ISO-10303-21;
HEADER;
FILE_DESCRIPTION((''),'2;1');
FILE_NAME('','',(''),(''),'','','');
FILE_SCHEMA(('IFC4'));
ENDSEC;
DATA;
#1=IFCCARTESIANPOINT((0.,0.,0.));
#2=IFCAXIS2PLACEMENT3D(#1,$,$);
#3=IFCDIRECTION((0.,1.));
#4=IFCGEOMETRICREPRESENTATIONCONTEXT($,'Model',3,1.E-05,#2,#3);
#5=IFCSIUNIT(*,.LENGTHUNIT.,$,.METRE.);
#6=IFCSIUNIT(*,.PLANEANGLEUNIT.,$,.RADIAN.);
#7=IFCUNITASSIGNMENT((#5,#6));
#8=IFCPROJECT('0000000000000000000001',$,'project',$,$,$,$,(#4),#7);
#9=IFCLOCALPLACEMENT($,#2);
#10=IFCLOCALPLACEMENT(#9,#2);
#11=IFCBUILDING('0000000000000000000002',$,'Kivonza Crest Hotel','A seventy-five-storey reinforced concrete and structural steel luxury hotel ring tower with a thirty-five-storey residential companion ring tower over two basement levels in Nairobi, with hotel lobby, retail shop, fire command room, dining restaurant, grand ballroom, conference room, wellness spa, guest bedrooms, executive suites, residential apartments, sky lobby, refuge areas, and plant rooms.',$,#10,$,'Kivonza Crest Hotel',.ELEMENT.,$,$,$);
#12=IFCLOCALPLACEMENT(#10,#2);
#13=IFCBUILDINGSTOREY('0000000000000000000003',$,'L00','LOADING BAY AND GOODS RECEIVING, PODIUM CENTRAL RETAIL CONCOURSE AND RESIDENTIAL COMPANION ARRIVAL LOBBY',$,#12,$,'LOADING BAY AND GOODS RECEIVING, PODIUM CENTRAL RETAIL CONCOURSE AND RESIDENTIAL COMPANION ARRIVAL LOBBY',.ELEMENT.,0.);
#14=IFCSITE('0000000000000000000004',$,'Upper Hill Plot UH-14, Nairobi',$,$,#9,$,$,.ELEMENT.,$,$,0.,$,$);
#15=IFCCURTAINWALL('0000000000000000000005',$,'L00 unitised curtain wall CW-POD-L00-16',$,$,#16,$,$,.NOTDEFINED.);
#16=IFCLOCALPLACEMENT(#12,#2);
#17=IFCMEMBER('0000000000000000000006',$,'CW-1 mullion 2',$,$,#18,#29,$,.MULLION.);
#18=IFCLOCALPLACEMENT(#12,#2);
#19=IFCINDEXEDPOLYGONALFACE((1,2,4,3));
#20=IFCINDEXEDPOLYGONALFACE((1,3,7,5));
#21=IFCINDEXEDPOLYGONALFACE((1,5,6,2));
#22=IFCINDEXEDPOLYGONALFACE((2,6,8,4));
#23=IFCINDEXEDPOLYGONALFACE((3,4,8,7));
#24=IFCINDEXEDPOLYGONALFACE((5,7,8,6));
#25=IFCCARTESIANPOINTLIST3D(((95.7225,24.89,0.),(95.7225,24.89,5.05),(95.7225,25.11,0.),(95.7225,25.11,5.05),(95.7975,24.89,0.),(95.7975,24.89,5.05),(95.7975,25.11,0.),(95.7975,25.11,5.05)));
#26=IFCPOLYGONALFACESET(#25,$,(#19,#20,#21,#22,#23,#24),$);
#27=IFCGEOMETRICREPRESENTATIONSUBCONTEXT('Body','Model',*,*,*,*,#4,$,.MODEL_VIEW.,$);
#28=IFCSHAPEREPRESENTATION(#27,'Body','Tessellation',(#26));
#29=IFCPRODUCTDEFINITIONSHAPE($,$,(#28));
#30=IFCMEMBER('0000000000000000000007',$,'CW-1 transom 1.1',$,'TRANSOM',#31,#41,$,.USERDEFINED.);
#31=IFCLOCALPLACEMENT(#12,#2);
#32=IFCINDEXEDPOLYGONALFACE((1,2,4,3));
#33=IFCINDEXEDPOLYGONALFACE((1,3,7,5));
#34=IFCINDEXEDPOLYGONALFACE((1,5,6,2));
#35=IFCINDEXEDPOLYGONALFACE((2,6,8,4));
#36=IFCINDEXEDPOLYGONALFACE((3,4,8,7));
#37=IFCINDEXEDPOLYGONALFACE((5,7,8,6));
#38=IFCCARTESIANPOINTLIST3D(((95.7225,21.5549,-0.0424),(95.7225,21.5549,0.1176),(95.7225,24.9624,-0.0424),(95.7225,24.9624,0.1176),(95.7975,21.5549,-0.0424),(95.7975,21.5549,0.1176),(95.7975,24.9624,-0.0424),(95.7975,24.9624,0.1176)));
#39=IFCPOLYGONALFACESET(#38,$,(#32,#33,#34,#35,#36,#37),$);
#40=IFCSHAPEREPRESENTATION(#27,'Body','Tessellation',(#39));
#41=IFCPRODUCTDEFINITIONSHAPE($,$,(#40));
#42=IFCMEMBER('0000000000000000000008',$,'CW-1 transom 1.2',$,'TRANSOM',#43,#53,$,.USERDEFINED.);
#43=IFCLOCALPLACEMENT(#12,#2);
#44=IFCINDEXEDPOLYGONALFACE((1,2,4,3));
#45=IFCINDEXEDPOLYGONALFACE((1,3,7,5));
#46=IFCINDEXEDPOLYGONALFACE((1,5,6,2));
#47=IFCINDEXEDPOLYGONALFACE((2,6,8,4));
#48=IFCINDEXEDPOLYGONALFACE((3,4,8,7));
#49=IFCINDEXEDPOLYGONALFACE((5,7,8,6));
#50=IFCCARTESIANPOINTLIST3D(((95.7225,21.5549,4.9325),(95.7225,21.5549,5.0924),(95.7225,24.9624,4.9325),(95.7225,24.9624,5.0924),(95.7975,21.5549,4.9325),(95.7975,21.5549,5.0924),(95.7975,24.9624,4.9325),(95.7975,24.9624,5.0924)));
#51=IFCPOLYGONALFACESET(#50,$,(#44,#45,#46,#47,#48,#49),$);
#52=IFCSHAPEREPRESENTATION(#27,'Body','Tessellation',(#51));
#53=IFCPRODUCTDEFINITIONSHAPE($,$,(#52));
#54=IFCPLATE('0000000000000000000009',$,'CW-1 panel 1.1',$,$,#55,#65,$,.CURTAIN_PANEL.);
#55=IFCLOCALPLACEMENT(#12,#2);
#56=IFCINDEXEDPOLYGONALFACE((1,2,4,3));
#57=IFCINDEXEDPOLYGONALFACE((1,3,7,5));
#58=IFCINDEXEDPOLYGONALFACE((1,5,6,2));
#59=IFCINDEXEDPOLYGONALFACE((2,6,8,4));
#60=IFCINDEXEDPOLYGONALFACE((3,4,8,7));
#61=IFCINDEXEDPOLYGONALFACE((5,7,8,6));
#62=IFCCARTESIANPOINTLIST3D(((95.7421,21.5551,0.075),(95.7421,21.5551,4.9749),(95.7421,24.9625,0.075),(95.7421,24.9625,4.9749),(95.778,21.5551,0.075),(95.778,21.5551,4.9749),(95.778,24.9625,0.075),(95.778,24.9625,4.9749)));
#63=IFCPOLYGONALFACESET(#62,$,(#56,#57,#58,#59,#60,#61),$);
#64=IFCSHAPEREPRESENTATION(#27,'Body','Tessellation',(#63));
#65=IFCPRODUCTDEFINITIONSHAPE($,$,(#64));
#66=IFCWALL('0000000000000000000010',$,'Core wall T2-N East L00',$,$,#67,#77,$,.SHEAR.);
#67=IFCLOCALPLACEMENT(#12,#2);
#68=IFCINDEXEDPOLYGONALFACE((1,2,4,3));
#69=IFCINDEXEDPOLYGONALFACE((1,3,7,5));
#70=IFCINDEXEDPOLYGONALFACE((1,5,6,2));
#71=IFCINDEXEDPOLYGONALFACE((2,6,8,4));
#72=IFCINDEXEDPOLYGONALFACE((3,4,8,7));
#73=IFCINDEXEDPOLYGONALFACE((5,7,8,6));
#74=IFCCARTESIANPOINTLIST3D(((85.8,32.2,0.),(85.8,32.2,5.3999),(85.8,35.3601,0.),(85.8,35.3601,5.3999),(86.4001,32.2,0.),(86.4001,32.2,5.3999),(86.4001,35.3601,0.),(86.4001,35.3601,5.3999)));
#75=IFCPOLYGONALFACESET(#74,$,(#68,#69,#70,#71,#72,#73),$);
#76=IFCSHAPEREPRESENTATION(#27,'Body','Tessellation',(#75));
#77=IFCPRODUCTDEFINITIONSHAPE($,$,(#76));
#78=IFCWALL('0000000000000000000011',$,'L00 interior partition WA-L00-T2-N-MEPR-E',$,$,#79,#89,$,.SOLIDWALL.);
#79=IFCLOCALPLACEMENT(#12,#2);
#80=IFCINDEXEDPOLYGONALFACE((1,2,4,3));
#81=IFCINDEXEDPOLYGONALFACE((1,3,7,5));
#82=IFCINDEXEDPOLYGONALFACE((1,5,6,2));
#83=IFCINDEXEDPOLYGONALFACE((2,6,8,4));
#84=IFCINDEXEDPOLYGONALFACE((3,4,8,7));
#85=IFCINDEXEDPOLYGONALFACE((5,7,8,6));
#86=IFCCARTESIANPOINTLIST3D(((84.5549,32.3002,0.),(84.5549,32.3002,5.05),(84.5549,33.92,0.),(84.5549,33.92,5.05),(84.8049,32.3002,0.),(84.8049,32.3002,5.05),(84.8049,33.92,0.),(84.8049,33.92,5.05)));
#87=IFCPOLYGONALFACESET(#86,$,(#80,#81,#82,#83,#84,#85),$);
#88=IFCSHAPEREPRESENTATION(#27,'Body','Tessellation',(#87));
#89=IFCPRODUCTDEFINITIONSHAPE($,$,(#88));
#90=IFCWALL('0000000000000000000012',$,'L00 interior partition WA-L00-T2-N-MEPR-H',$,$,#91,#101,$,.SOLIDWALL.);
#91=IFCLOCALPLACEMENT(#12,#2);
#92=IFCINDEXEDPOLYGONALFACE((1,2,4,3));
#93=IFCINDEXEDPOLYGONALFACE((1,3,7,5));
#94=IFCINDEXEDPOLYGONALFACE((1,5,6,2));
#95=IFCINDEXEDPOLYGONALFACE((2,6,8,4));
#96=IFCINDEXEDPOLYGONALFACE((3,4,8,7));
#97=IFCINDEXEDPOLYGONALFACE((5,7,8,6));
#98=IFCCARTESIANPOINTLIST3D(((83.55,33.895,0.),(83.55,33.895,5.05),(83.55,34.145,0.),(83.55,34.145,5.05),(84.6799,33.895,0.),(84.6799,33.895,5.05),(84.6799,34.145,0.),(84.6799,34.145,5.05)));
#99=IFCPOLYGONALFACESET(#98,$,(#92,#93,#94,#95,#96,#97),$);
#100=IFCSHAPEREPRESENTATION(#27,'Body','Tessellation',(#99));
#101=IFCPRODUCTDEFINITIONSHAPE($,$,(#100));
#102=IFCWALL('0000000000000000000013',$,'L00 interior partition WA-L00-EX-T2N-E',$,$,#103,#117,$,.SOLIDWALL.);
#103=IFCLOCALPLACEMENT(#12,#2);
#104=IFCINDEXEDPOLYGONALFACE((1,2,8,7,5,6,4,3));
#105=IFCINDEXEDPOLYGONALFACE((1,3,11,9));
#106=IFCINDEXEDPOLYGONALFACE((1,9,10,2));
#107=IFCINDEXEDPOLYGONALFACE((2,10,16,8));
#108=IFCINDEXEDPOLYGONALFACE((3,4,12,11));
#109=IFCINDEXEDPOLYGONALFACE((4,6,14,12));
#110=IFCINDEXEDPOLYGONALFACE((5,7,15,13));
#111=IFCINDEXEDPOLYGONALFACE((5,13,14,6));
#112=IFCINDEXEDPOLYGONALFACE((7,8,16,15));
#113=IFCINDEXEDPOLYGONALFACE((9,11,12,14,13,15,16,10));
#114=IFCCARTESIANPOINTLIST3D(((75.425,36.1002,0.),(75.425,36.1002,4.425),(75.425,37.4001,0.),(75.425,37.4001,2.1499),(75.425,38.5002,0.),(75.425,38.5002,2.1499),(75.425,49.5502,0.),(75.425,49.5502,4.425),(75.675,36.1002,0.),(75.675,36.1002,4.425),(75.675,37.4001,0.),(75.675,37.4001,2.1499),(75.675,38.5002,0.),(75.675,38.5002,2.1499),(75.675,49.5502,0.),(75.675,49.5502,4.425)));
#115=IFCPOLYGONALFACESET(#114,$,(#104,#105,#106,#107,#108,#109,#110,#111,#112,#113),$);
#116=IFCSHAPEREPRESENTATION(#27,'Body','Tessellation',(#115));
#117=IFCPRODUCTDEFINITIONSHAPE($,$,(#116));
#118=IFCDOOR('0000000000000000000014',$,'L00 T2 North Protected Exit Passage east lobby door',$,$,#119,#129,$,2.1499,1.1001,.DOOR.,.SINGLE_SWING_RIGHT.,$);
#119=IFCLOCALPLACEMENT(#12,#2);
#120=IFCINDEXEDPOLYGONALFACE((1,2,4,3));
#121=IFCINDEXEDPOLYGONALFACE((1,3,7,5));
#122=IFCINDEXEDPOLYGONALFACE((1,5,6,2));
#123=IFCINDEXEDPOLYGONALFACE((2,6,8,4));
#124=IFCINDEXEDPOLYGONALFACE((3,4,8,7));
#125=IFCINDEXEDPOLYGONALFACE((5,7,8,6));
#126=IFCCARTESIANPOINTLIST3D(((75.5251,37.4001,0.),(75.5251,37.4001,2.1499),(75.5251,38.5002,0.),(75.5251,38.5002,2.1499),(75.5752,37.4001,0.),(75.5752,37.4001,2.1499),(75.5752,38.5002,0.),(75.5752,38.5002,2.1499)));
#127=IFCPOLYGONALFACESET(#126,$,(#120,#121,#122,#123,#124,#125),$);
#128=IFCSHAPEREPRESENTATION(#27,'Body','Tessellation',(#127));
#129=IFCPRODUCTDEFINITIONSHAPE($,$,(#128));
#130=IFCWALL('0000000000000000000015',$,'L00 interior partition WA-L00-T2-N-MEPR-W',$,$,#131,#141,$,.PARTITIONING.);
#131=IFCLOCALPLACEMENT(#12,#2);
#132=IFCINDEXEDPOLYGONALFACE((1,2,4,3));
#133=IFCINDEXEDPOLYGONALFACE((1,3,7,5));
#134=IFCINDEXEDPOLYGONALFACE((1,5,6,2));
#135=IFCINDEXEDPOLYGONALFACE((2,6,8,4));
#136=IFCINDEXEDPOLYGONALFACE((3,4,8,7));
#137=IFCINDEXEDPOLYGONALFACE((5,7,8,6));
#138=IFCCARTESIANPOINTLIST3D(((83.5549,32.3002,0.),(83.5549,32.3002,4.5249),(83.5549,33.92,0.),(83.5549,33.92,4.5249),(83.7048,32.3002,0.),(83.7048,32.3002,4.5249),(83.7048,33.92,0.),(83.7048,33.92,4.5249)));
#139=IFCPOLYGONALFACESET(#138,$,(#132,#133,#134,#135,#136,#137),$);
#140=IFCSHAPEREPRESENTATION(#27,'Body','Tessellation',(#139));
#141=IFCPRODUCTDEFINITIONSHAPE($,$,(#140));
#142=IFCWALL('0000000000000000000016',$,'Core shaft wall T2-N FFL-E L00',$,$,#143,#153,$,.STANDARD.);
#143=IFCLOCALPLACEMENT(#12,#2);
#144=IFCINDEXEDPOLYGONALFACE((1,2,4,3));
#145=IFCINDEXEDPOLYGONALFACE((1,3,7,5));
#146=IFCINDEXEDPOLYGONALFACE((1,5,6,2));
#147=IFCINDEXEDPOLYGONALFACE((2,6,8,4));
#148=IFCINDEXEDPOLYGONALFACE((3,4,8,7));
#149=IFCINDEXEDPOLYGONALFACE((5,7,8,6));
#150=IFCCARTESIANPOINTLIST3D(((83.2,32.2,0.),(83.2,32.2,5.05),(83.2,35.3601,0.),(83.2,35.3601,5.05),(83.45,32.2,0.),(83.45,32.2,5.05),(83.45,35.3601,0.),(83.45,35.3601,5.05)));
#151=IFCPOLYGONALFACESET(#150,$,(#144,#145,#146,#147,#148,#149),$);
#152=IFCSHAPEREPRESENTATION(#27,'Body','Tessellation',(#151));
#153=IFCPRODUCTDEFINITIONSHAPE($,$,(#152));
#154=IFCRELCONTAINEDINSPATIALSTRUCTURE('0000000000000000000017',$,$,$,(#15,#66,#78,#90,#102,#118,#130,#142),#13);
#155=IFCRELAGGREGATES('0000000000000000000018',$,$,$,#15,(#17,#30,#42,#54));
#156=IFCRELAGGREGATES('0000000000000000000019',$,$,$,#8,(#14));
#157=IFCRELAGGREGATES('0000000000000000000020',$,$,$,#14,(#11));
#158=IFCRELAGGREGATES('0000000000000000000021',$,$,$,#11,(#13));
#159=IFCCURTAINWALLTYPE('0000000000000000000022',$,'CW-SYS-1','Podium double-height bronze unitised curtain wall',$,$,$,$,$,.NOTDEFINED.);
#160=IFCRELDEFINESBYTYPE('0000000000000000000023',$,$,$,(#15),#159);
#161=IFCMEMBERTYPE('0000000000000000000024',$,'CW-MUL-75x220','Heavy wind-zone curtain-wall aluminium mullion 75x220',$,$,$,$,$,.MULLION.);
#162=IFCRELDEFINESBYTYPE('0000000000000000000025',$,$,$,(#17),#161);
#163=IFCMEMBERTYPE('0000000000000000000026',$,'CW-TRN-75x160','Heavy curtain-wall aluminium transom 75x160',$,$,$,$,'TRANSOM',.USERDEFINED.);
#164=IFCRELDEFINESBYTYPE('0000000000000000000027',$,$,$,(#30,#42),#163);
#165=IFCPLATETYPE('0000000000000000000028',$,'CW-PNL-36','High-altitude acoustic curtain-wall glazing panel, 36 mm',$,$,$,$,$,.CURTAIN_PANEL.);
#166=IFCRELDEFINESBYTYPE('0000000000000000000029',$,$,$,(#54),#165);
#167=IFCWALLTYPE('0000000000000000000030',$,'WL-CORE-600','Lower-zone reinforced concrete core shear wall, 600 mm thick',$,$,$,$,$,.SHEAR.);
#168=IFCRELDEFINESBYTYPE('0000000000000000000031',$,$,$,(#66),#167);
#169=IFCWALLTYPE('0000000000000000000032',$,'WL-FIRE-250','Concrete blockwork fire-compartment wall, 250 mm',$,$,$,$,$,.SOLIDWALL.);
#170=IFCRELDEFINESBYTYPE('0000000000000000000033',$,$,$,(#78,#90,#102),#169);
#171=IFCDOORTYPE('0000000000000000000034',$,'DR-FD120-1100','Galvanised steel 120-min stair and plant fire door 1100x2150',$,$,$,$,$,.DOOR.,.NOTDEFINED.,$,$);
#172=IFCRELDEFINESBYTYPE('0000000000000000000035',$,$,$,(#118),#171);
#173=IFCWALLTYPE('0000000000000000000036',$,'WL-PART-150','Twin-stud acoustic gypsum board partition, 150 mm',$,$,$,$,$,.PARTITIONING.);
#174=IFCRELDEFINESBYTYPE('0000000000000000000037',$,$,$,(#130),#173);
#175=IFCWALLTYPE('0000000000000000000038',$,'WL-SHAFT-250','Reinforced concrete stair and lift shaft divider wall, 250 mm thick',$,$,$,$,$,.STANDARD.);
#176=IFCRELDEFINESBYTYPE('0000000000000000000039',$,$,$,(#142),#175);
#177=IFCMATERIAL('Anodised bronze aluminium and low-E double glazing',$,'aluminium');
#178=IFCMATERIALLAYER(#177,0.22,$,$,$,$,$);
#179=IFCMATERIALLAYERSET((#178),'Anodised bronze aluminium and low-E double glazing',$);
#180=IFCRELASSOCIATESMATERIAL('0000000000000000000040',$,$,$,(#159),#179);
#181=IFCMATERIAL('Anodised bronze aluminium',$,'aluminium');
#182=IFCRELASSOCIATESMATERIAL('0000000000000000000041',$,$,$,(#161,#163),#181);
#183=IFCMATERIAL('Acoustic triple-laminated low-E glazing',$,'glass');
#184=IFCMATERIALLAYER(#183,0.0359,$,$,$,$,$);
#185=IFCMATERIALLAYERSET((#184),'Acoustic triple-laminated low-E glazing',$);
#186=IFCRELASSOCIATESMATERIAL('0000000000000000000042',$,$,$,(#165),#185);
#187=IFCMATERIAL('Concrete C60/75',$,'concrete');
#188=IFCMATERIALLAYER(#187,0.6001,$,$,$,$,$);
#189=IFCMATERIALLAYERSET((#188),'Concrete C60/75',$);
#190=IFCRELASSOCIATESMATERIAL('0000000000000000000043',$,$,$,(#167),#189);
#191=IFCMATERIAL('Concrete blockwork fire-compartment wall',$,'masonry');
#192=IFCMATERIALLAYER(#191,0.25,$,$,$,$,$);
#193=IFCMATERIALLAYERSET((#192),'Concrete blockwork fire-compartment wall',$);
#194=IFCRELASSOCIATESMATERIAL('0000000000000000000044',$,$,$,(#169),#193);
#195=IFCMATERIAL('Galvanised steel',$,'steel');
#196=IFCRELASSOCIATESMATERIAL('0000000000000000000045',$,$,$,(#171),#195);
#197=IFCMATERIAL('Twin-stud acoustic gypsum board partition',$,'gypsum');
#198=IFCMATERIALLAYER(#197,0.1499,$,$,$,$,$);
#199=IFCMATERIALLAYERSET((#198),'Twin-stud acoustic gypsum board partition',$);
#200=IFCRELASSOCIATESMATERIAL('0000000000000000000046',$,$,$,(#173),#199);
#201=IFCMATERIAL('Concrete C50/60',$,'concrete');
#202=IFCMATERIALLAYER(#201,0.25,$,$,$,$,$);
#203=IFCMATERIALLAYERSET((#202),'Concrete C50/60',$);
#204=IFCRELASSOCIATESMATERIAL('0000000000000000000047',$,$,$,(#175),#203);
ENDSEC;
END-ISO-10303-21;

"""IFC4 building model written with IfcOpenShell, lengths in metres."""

from ifc_helpers import new_model, si_unit, direction, frame, frame_2d, origin, origin_2d, place, context, subcontext, project, spatial, rectangle, extrude, material, layer, layer_set, material_profile, profile_set, type_object, element, fill, aggregate, save


model = new_model("IFC4")

# Units and contexts
model_context = context("Model", 3, precision=1e-05, world=origin(), true_north=direction((0.0, 1.0)))
body_context = subcontext(model_context, "Body", "Model", "MODEL_VIEW")
ifc_project = project(units=[si_unit("LENGTHUNIT", "METRE"), si_unit("PLANEANGLEUNIT", "RADIAN")], contexts=[model_context])

# Site, building, storey
site_placement = place(None, origin())
site = spatial("IfcSite", under=ifc_project, at=site_placement, Name="Upper Hill Plot UH-14, Nairobi", CompositionType="ELEMENT", RefElevation=0.0)
building_placement = place(site_placement, origin())
building = spatial("IfcBuilding", under=site, at=building_placement, Name="Kivonza Crest Hotel", Description="A seventy-five-storey reinforced concrete and structural steel luxury hotel ring tower with a thirty-five-storey residential companion ring tower over two basement levels in Nairobi, with hotel lobby, retail shop, fire command room, dining restaurant, grand ballroom, conference room, wellness spa, guest bedrooms, executive suites, residential apartments, sky lobby, refuge areas, and plant rooms.", LongName="Kivonza Crest Hotel", CompositionType="ELEMENT")
storey_placement = place(building_placement, origin())
storey = spatial("IfcBuildingStorey", under=building, at=storey_placement, Name="L00", Description="LOADING BAY AND GOODS RECEIVING, PODIUM CENTRAL RETAIL CONCOURSE AND RESIDENTIAL COMPANION ARRIVAL LOBBY", LongName="LOADING BAY AND GOODS RECEIVING, PODIUM CENTRAL RETAIL CONCOURSE AND RESIDENTIAL COMPANION ARRIVAL LOBBY", CompositionType="ELEMENT", Elevation=0.0)

# Shared definitions
ifc_material_1 = material(Name="Concrete C60/75", Category="concrete")

# Curtain wall, members, plate
ifc_material_2 = material(Name="Anodised bronze aluminium and low-E double glazing", Category="aluminium")
ifc_layer_1 = layer(ifc_material_2, 0.22)
ifc_layer_set_1 = layer_set([ifc_layer_1], Name="Anodised bronze aluminium and low-E double glazing")
curtain_wall_type = type_object("IfcCurtainWallType", Name="CW-SYS-1", Description="Podium double-height bronze unitised curtain wall", PredefinedType="NOTDEFINED", material=ifc_layer_set_1)
curtain_wall_placement = place(storey_placement, origin())
curtain_wall = element("IfcCurtainWall", 1, at=curtain_wall_placement, inside=storey, type_object=curtain_wall_type, Name="L00 unitised curtain wall CW-POD-L00-16", PredefinedType="NOTDEFINED")
ifc_material_3 = material(Name="Anodised bronze aluminium", Category="aluminium")
ifc_material_profile_1 = material_profile(ifc_material_3, rectangle(XDim=0.075, YDim=0.22, at=origin_2d()), Name="CW-M 75x220")
ifc_profile_set_1 = profile_set([ifc_material_profile_1], Name="Anodised bronze aluminium")
member_type_1 = type_object("IfcMemberType", Name="CW-MUL-75x220", Description="Heavy wind-zone curtain-wall aluminium mullion 75x220", PredefinedType="MULLION", material=ifc_profile_set_1)
member_1_placement = place(storey_placement, frame((95.76, 25.0, 0.0), z_axis=(0.0, 0.0, 1.0), x_axis=(-1.0, 0.0, 0.0)))
member_1 = element("IfcMember", 2, at=member_1_placement, type_object=member_type_1, Name="CW-1 mullion 2", PredefinedType="MULLION", context=body_context, shape_type="SweptSolid", body=[
    extrude(rectangle(XDim=0.075, YDim=0.22, at=origin_2d()), origin(), (0.0, 0.0, 1.0), 5.05),
])
ifc_material_profile_2 = material_profile(ifc_material_3, rectangle(XDim=0.075, YDim=0.1599, at=origin_2d()), Name="CW-T 75x160")
ifc_profile_set_2 = profile_set([ifc_material_profile_2], Name="Anodised bronze aluminium")
member_type_2 = type_object("IfcMemberType", Name="CW-TRN-75x160", Description="Heavy curtain-wall aluminium transom 75x160", ElementType="TRANSOM", PredefinedType="USERDEFINED", material=ifc_profile_set_2)
member_2_placement = place(storey_placement, frame((95.76, 21.5549, 0.0376), z_axis=(0.0, 1.0, 0.0), x_axis=(-1.0, 0.0, 0.0)))
member_2 = element("IfcMember", 3, at=member_2_placement, type_object=member_type_2, Name="CW-1 transom 1.1", ObjectType="TRANSOM", PredefinedType="USERDEFINED", context=body_context, shape_type="SweptSolid", body=[
    extrude(rectangle(XDim=0.075, YDim=0.1599, at=origin_2d()), origin(), (0.0, 0.0, 1.0), 3.4075),
])
member_3_placement = place(storey_placement, frame((95.76, 21.5549, 5.0125), z_axis=(0.0, 1.0, 0.0), x_axis=(-1.0, 0.0, 0.0)))
member_3 = element("IfcMember", 4, at=member_3_placement, type_object=member_type_2, Name="CW-1 transom 1.2", ObjectType="TRANSOM", PredefinedType="USERDEFINED", context=body_context, shape_type="SweptSolid", body=[
    extrude(rectangle(XDim=0.075, YDim=0.1599, at=origin_2d()), origin(), (0.0, 0.0, 1.0), 3.4075),
])
ifc_material_4 = material(Name="Acoustic triple-laminated low-E glazing", Category="glass")
ifc_layer_2 = layer(ifc_material_4, 0.0359)
ifc_layer_set_2 = layer_set([ifc_layer_2], Name="Acoustic triple-laminated low-E glazing")
plate_type = type_object("IfcPlateType", Name="CW-PNL-36", Description="High-altitude acoustic curtain-wall glazing panel, 36 mm", PredefinedType="CURTAIN_PANEL", material=ifc_layer_set_2)
plate_placement = place(storey_placement, frame((95.76, 23.2588, 0.075), z_axis=(0.0, 0.0, 1.0), x_axis=(0.0, 1.0, 0.0)))
plate = element("IfcPlate", 5, at=plate_placement, type_object=plate_type, Name="CW-1 panel 1.1", PredefinedType="CURTAIN_PANEL", context=body_context, shape_type="SweptSolid", body=[
    extrude(rectangle(XDim=3.4075, YDim=0.0359, at=origin_2d()), origin(), (0.0, 0.0, 1.0), 4.8999),
])
aggregate(curtain_wall, [member_1, member_2, member_3, plate])

# Walls
ifc_layer_3 = layer(ifc_material_1, 0.6001)
ifc_layer_set_3 = layer_set([ifc_layer_3], Name="Concrete C60/75")
wall_type_1 = type_object("IfcWallType", Name="WL-CORE-600", Description="Lower-zone reinforced concrete core shear wall, 600 mm thick", PredefinedType="SHEAR", material=ifc_layer_set_3)
wall_1_placement = place(storey_placement, frame((86.1001, 32.2, 0.0), z_axis=(0.0, 0.0, 1.0), x_axis=(0.0, 1.0, 0.0)))
element("IfcWall", 6, at=wall_1_placement, inside=storey, type_object=wall_type_1, Name="Core wall T2-N East L00", PredefinedType="SHEAR", context=body_context, shape_type="SweptSolid", body=[
    extrude(rectangle(XDim=3.1602, YDim=0.6001, at=frame_2d((1.5801, 0.0))), origin(), (0.0, 0.0, 1.0), 5.3999),
])
ifc_material_5 = material(Name="Concrete blockwork fire-compartment wall", Category="masonry")
ifc_layer_4 = layer(ifc_material_5, 0.25)
ifc_layer_set_4 = layer_set([ifc_layer_4], Name="Concrete blockwork fire-compartment wall")
wall_type_2 = type_object("IfcWallType", Name="WL-FIRE-250", Description="Concrete blockwork fire-compartment wall, 250 mm", PredefinedType="SOLIDWALL", material=ifc_layer_set_4)
wall_2_placement = place(storey_placement, frame((84.6799, 32.3, 0.0), z_axis=(0.0, 0.0, 1.0), x_axis=(0.0, 1.0, 0.0)))
element("IfcWall", 7, at=wall_2_placement, inside=storey, type_object=wall_type_2, Name="L00 interior partition WA-L00-T2-N-MEPR-E", PredefinedType="SOLIDWALL", context=body_context, shape_type="SweptSolid", body=[
    extrude(rectangle(XDim=1.6199, YDim=0.25, at=frame_2d((0.8101, 0.0))), origin(), (0.0, 0.0, 1.0), 5.05),
])
wall_3_placement = place(storey_placement, frame((83.55, 34.02, 0.0), z_axis=(0.0, 0.0, 1.0), x_axis=(1.0, 0.0, 0.0)))
element("IfcWall", 8, at=wall_3_placement, inside=storey, type_object=wall_type_2, Name="L00 interior partition WA-L00-T2-N-MEPR-H", PredefinedType="SOLIDWALL", context=body_context, shape_type="SweptSolid", body=[
    extrude(rectangle(XDim=1.1299, YDim=0.25, at=frame_2d((0.5649, 0.0))), origin(), (0.0, 0.0, 1.0), 5.05),
])

# Wall, opening, door
wall_4_placement = place(storey_placement, frame((75.55, 36.1001, 0.0), z_axis=(0.0, 0.0, 1.0), x_axis=(0.0, 1.0, 0.0)))
wall_4 = element("IfcWall", 9, at=wall_4_placement, inside=storey, type_object=wall_type_2, Name="L00 interior partition WA-L00-EX-T2N-E", PredefinedType="SOLIDWALL", context=body_context, shape_type="SweptSolid", body=[
    extrude(rectangle(XDim=13.45, YDim=0.25, at=frame_2d((6.7251, 0.0))), origin(), (0.0, 0.0, 1.0), 4.425),
])
opening_1_placement = place(wall_4_placement, frame((1.3, 0.0, 0.0)))
opening_1 = element("IfcOpeningElement", 10, at=opening_1_placement, cuts=wall_4, PredefinedType="OPENING", context=body_context, shape_type="SweptSolid", body=[
    extrude(rectangle(XDim=1.1001, YDim=2.1499, at=frame_2d((0.55, 1.075))), frame((0.0, 0.135, 0.0), z_axis=(0.0, -1.0, 0.0), x_axis=(1.0, 0.0, 0.0)), (0.0, 0.0, 1.0), 0.27),
])
ifc_material_6 = material(Name="Galvanised steel", Category="steel")
door_type_1 = type_object("IfcDoorType", Name="DR-FD120-1100", Description="Galvanised steel 120-min stair and plant fire door 1100x2150", OperationType="NOTDEFINED", PredefinedType="DOOR", material=ifc_material_6)
door_1_placement = place(opening_1_placement, origin())
door_1 = element("IfcDoor", 11, at=door_1_placement, inside=storey, type_object=door_type_1, Name="L00 T2 North Protected Exit Passage east lobby door", OperationType="SINGLE_SWING_RIGHT", OverallHeight=2.1499, OverallWidth=1.1001, PredefinedType="DOOR", context=body_context, shape_type="SweptSolid", body=[
    extrude(rectangle(XDim=1.1001, YDim=2.1499, at=frame_2d((0.55, 1.075))), frame((0.0, 0.0249, 0.0), z_axis=(0.0, -1.0, 0.0), x_axis=(1.0, 0.0, 0.0)), (0.0, 0.0, 1.0), 0.05),
])
fill(opening_1, door_1)

# Wall
ifc_material_7 = material(Name="Twin-stud acoustic gypsum board partition", Category="gypsum")
ifc_layer_5 = layer(ifc_material_7, 0.1499)
ifc_layer_set_5 = layer_set([ifc_layer_5], Name="Twin-stud acoustic gypsum board partition")
wall_type_3 = type_object("IfcWallType", Name="WL-PART-150", Description="Twin-stud acoustic gypsum board partition, 150 mm", PredefinedType="PARTITIONING", material=ifc_layer_set_5)
wall_5_placement = place(storey_placement, frame((83.6299, 32.3, 0.0), z_axis=(0.0, 0.0, 1.0), x_axis=(0.0, 1.0, 0.0)))
element("IfcWall", 12, at=wall_5_placement, inside=storey, type_object=wall_type_3, Name="L00 interior partition WA-L00-T2-N-MEPR-W", PredefinedType="PARTITIONING", context=body_context, shape_type="SweptSolid", body=[
    extrude(rectangle(XDim=1.6199, YDim=0.1499, at=frame_2d((0.8101, 0.0))), origin(), (0.0, 0.0, 1.0), 4.5249),
])

# Shared definitions
ifc_material_8 = material(Name="Concrete C50/60", Category="concrete")
ifc_layer_6 = layer(ifc_material_8, 0.25)
ifc_layer_set_6 = layer_set([ifc_layer_6], Name="Concrete C50/60")
wall_type_4 = type_object("IfcWallType", Name="WL-SHAFT-250", Description="Reinforced concrete stair and lift shaft divider wall, 250 mm thick", PredefinedType="STANDARD", material=ifc_layer_set_6)

# Wall
wall_6_placement = place(storey_placement, frame((83.325, 32.2, 0.0), z_axis=(0.0, 0.0, 1.0), x_axis=(0.0, 1.0, 0.0)))
element("IfcWall", 13, at=wall_6_placement, inside=storey, type_object=wall_type_4, Name="Core shaft wall T2-N FFL-E L00", PredefinedType="STANDARD", context=body_context, shape_type="SweptSolid", body=[
    extrude(rectangle(XDim=3.1602, YDim=0.25, at=frame_2d((1.5801, 0.0))), origin(), (0.0, 0.0, 1.0), 5.05),
])

save(model, "model.ifc")
